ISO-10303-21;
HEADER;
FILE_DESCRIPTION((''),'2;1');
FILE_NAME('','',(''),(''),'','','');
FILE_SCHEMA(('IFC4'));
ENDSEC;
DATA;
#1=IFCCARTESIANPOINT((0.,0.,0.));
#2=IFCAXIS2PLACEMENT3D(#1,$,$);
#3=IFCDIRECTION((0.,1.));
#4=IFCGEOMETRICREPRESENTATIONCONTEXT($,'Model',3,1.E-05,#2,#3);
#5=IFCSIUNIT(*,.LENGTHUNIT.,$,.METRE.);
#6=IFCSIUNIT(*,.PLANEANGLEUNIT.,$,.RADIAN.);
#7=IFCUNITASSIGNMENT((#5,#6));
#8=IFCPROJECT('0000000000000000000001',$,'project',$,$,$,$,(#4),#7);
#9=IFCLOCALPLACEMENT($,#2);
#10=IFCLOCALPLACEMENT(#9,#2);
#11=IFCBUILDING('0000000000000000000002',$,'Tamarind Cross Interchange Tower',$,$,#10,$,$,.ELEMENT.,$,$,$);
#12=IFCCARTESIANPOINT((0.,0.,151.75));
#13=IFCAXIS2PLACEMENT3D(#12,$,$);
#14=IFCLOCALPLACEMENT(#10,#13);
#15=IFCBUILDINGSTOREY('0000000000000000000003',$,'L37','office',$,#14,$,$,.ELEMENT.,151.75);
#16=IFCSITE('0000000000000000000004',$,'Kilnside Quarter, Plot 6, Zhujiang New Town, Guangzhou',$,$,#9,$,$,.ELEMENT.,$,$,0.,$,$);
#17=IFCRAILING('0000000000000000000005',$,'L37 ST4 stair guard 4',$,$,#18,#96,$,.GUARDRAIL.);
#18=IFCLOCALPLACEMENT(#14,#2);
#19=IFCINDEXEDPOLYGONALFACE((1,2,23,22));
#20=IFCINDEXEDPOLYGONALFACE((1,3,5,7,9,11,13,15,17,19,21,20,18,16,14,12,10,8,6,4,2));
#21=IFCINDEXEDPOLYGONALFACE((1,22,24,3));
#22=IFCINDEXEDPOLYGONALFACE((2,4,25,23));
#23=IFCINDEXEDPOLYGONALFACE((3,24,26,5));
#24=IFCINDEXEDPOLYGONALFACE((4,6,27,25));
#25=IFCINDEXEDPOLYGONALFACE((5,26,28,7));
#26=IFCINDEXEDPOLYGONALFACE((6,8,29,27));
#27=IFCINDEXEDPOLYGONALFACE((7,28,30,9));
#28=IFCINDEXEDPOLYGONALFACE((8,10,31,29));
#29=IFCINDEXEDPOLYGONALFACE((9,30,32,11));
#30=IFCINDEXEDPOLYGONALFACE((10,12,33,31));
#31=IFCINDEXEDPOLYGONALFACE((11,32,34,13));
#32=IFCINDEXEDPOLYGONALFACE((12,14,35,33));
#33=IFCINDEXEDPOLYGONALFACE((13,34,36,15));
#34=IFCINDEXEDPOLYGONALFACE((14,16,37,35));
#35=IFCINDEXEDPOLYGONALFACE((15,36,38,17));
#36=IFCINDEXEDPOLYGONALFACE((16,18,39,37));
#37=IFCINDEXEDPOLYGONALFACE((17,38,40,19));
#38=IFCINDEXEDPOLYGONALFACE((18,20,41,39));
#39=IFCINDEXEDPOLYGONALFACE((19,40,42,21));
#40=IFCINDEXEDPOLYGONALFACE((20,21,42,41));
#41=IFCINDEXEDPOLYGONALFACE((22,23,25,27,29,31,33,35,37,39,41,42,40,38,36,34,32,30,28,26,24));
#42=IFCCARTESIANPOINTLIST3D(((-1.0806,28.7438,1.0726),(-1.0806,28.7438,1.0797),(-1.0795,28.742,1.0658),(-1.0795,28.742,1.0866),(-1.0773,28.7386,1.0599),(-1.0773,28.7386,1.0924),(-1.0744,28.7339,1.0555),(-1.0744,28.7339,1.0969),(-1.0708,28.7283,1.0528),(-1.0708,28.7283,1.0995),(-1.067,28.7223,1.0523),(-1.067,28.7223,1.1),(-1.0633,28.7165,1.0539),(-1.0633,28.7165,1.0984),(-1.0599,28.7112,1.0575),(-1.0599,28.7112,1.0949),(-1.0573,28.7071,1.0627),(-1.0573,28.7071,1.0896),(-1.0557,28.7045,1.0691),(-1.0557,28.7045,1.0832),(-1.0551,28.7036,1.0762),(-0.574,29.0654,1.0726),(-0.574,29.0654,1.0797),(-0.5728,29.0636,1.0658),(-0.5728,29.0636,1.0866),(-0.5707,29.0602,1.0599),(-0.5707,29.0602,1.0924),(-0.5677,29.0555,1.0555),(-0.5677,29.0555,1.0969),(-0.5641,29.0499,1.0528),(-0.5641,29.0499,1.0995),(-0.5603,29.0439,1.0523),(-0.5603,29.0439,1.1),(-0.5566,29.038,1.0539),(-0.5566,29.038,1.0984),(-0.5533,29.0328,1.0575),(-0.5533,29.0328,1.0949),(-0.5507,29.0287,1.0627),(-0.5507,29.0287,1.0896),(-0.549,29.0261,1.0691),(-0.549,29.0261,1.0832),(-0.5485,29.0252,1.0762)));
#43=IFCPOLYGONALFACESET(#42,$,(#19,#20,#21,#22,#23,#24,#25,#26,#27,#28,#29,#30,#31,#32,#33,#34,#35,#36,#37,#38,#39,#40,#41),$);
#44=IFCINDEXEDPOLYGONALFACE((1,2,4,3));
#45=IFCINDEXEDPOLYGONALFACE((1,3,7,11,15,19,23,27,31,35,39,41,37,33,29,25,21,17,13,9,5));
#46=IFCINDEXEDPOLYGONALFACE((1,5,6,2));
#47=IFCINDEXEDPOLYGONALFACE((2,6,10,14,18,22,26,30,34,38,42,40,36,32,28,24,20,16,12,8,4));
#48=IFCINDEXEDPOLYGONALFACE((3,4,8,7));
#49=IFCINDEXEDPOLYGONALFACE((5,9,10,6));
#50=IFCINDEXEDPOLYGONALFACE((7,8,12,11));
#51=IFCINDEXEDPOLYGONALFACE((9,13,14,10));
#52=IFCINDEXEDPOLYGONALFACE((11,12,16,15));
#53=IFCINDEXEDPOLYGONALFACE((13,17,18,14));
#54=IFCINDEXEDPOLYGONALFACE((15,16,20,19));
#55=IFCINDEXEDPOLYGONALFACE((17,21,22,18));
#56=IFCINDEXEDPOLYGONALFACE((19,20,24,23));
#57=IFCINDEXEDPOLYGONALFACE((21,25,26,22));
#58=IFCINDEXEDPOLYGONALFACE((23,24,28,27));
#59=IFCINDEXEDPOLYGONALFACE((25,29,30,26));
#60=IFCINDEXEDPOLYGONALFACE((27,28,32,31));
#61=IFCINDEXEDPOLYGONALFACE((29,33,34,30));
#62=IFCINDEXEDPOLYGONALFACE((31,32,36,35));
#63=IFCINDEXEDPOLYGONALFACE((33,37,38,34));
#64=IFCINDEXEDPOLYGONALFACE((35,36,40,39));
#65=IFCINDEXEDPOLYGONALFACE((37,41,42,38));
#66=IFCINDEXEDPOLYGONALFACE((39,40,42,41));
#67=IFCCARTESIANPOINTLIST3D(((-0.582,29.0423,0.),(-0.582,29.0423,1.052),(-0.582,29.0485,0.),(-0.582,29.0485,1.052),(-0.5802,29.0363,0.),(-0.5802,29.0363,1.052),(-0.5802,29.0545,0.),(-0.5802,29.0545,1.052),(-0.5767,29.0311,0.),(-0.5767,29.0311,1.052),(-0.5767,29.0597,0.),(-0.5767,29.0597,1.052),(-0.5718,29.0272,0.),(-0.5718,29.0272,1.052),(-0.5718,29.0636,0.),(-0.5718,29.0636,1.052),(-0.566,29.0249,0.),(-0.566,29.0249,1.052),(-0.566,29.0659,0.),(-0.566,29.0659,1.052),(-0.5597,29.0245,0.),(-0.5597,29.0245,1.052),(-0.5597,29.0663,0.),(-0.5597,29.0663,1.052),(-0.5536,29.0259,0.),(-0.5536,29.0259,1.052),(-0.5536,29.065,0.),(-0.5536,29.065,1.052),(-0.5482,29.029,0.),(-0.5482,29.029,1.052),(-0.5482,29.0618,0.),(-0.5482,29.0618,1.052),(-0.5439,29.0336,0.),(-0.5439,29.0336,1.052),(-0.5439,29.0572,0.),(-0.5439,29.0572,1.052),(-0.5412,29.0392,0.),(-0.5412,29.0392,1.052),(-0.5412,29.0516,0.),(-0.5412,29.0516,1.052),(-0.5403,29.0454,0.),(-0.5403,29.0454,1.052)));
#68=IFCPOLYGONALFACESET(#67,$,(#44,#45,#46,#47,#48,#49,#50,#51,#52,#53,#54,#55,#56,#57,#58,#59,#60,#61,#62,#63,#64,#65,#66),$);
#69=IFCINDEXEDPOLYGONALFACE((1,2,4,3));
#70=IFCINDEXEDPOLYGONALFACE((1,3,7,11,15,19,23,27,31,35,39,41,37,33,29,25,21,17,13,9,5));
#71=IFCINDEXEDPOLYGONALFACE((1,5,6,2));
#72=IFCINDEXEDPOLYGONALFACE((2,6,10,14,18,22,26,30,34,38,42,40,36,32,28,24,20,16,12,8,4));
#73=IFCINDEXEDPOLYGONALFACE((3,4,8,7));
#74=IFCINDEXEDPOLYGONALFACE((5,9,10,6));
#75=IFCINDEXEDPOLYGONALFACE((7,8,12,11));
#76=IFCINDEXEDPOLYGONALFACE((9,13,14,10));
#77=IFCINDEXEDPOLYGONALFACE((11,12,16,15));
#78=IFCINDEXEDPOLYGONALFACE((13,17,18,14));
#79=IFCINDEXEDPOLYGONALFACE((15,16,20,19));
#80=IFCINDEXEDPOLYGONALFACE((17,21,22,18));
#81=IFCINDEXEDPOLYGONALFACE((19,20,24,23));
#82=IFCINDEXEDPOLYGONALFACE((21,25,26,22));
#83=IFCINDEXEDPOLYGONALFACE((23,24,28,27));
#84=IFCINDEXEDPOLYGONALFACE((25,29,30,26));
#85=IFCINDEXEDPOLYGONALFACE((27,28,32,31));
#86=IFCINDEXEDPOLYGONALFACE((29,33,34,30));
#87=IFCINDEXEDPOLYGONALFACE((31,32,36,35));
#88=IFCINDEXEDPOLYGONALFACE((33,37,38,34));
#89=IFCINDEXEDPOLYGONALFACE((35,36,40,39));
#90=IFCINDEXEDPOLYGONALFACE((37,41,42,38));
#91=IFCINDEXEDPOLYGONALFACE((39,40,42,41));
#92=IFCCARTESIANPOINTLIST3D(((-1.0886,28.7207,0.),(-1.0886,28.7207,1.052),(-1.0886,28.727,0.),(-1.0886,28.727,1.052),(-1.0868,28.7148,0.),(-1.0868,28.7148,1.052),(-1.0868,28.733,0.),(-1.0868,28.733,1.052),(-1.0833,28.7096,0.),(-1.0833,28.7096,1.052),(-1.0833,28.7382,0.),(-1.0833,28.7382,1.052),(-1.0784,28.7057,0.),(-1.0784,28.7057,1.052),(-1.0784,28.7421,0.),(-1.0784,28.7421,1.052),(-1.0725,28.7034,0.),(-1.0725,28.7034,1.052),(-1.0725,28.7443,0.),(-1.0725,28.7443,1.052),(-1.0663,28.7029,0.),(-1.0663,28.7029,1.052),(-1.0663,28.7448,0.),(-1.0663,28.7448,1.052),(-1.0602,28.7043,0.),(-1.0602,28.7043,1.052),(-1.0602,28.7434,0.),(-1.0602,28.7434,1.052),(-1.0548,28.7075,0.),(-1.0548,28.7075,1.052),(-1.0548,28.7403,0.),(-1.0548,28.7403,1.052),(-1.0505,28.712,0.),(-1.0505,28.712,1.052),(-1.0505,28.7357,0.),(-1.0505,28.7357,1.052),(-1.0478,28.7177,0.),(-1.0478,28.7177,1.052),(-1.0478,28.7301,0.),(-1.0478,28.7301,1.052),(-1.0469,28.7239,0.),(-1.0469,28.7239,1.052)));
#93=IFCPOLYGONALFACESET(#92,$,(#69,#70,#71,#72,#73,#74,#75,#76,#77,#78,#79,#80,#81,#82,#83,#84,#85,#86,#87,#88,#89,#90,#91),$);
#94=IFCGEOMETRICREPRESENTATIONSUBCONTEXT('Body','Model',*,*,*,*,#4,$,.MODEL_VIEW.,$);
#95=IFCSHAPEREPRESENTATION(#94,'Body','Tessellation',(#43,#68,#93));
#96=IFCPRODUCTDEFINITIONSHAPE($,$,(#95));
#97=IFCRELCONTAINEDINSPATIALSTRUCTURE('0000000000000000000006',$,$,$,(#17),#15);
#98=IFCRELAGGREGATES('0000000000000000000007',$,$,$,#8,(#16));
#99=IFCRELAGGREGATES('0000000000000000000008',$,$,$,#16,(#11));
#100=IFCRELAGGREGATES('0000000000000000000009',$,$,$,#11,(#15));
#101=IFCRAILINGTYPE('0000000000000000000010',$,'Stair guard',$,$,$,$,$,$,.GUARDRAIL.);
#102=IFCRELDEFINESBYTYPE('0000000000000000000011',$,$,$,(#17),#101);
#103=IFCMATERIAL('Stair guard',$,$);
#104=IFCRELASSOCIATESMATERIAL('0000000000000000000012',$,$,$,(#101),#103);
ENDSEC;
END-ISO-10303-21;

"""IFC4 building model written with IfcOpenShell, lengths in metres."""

from ifc_helpers import new_model, si_unit, direction, frame, origin, origin_2d, place, context, subcontext, project, spatial, circle, extrude, material, type_object, element, save


model = new_model("IFC4")

# Units and contexts
model_context = context("Model", 3, precision=1e-05, world=origin(), true_north=direction((0.0, 1.0)))
body_context = subcontext(model_context, "Body", "Model", "MODEL_VIEW")
ifc_project = project(units=[si_unit("LENGTHUNIT", "METRE"), si_unit("PLANEANGLEUNIT", "RADIAN")], contexts=[model_context])

# Site, building, storey
site_placement = place(None, origin())
site = spatial("IfcSite", under=ifc_project, at=site_placement, Name="Kilnside Quarter, Plot 6, Zhujiang New Town, Guangzhou", CompositionType="ELEMENT", RefElevation=0.0)
building_placement = place(site_placement, origin())
building = spatial("IfcBuilding", under=site, at=building_placement, Name="Tamarind Cross Interchange Tower", CompositionType="ELEMENT")
storey_placement = place(building_placement, frame((0.0, 0.0, 151.75)))
storey = spatial("IfcBuildingStorey", under=building, at=storey_placement, Name="L37", Description="office", CompositionType="ELEMENT", Elevation=151.75)

# Railing
ifc_material_1 = material(Name="Stair guard")
railing_type_1 = type_object("IfcRailingType", Name="Stair guard", PredefinedType="GUARDRAIL", material=ifc_material_1)
railing_1_placement = place(storey_placement, frame((-0.5613, 29.0454, 0.0)))
element("IfcRailing", 1, at=railing_1_placement, inside=storey, type_object=railing_type_1, Name="L37 ST4 stair guard 4", PredefinedType="GUARDRAIL", context=body_context, shape_type="SweptSolid", body=[
    extrude(circle(Radius=0.0239, at=origin_2d()), frame((0.0, 0.0, 1.0762), z_axis=(-0.844298, -0.535875, 0.0), x_axis=(0.535875, -0.844298, 0.0)), (0.0, 0.0, 1.0), 0.6001),
    extrude(circle(Radius=0.021, at=origin_2d()), origin(), (0.0, 0.0, 1.0), 1.052),
    extrude(circle(Radius=0.021, at=origin_2d()), frame((-0.5066, -0.3215, 0.0)), (0.0, 0.0, 1.0), 1.052),
])

save(model, "model.ifc")
